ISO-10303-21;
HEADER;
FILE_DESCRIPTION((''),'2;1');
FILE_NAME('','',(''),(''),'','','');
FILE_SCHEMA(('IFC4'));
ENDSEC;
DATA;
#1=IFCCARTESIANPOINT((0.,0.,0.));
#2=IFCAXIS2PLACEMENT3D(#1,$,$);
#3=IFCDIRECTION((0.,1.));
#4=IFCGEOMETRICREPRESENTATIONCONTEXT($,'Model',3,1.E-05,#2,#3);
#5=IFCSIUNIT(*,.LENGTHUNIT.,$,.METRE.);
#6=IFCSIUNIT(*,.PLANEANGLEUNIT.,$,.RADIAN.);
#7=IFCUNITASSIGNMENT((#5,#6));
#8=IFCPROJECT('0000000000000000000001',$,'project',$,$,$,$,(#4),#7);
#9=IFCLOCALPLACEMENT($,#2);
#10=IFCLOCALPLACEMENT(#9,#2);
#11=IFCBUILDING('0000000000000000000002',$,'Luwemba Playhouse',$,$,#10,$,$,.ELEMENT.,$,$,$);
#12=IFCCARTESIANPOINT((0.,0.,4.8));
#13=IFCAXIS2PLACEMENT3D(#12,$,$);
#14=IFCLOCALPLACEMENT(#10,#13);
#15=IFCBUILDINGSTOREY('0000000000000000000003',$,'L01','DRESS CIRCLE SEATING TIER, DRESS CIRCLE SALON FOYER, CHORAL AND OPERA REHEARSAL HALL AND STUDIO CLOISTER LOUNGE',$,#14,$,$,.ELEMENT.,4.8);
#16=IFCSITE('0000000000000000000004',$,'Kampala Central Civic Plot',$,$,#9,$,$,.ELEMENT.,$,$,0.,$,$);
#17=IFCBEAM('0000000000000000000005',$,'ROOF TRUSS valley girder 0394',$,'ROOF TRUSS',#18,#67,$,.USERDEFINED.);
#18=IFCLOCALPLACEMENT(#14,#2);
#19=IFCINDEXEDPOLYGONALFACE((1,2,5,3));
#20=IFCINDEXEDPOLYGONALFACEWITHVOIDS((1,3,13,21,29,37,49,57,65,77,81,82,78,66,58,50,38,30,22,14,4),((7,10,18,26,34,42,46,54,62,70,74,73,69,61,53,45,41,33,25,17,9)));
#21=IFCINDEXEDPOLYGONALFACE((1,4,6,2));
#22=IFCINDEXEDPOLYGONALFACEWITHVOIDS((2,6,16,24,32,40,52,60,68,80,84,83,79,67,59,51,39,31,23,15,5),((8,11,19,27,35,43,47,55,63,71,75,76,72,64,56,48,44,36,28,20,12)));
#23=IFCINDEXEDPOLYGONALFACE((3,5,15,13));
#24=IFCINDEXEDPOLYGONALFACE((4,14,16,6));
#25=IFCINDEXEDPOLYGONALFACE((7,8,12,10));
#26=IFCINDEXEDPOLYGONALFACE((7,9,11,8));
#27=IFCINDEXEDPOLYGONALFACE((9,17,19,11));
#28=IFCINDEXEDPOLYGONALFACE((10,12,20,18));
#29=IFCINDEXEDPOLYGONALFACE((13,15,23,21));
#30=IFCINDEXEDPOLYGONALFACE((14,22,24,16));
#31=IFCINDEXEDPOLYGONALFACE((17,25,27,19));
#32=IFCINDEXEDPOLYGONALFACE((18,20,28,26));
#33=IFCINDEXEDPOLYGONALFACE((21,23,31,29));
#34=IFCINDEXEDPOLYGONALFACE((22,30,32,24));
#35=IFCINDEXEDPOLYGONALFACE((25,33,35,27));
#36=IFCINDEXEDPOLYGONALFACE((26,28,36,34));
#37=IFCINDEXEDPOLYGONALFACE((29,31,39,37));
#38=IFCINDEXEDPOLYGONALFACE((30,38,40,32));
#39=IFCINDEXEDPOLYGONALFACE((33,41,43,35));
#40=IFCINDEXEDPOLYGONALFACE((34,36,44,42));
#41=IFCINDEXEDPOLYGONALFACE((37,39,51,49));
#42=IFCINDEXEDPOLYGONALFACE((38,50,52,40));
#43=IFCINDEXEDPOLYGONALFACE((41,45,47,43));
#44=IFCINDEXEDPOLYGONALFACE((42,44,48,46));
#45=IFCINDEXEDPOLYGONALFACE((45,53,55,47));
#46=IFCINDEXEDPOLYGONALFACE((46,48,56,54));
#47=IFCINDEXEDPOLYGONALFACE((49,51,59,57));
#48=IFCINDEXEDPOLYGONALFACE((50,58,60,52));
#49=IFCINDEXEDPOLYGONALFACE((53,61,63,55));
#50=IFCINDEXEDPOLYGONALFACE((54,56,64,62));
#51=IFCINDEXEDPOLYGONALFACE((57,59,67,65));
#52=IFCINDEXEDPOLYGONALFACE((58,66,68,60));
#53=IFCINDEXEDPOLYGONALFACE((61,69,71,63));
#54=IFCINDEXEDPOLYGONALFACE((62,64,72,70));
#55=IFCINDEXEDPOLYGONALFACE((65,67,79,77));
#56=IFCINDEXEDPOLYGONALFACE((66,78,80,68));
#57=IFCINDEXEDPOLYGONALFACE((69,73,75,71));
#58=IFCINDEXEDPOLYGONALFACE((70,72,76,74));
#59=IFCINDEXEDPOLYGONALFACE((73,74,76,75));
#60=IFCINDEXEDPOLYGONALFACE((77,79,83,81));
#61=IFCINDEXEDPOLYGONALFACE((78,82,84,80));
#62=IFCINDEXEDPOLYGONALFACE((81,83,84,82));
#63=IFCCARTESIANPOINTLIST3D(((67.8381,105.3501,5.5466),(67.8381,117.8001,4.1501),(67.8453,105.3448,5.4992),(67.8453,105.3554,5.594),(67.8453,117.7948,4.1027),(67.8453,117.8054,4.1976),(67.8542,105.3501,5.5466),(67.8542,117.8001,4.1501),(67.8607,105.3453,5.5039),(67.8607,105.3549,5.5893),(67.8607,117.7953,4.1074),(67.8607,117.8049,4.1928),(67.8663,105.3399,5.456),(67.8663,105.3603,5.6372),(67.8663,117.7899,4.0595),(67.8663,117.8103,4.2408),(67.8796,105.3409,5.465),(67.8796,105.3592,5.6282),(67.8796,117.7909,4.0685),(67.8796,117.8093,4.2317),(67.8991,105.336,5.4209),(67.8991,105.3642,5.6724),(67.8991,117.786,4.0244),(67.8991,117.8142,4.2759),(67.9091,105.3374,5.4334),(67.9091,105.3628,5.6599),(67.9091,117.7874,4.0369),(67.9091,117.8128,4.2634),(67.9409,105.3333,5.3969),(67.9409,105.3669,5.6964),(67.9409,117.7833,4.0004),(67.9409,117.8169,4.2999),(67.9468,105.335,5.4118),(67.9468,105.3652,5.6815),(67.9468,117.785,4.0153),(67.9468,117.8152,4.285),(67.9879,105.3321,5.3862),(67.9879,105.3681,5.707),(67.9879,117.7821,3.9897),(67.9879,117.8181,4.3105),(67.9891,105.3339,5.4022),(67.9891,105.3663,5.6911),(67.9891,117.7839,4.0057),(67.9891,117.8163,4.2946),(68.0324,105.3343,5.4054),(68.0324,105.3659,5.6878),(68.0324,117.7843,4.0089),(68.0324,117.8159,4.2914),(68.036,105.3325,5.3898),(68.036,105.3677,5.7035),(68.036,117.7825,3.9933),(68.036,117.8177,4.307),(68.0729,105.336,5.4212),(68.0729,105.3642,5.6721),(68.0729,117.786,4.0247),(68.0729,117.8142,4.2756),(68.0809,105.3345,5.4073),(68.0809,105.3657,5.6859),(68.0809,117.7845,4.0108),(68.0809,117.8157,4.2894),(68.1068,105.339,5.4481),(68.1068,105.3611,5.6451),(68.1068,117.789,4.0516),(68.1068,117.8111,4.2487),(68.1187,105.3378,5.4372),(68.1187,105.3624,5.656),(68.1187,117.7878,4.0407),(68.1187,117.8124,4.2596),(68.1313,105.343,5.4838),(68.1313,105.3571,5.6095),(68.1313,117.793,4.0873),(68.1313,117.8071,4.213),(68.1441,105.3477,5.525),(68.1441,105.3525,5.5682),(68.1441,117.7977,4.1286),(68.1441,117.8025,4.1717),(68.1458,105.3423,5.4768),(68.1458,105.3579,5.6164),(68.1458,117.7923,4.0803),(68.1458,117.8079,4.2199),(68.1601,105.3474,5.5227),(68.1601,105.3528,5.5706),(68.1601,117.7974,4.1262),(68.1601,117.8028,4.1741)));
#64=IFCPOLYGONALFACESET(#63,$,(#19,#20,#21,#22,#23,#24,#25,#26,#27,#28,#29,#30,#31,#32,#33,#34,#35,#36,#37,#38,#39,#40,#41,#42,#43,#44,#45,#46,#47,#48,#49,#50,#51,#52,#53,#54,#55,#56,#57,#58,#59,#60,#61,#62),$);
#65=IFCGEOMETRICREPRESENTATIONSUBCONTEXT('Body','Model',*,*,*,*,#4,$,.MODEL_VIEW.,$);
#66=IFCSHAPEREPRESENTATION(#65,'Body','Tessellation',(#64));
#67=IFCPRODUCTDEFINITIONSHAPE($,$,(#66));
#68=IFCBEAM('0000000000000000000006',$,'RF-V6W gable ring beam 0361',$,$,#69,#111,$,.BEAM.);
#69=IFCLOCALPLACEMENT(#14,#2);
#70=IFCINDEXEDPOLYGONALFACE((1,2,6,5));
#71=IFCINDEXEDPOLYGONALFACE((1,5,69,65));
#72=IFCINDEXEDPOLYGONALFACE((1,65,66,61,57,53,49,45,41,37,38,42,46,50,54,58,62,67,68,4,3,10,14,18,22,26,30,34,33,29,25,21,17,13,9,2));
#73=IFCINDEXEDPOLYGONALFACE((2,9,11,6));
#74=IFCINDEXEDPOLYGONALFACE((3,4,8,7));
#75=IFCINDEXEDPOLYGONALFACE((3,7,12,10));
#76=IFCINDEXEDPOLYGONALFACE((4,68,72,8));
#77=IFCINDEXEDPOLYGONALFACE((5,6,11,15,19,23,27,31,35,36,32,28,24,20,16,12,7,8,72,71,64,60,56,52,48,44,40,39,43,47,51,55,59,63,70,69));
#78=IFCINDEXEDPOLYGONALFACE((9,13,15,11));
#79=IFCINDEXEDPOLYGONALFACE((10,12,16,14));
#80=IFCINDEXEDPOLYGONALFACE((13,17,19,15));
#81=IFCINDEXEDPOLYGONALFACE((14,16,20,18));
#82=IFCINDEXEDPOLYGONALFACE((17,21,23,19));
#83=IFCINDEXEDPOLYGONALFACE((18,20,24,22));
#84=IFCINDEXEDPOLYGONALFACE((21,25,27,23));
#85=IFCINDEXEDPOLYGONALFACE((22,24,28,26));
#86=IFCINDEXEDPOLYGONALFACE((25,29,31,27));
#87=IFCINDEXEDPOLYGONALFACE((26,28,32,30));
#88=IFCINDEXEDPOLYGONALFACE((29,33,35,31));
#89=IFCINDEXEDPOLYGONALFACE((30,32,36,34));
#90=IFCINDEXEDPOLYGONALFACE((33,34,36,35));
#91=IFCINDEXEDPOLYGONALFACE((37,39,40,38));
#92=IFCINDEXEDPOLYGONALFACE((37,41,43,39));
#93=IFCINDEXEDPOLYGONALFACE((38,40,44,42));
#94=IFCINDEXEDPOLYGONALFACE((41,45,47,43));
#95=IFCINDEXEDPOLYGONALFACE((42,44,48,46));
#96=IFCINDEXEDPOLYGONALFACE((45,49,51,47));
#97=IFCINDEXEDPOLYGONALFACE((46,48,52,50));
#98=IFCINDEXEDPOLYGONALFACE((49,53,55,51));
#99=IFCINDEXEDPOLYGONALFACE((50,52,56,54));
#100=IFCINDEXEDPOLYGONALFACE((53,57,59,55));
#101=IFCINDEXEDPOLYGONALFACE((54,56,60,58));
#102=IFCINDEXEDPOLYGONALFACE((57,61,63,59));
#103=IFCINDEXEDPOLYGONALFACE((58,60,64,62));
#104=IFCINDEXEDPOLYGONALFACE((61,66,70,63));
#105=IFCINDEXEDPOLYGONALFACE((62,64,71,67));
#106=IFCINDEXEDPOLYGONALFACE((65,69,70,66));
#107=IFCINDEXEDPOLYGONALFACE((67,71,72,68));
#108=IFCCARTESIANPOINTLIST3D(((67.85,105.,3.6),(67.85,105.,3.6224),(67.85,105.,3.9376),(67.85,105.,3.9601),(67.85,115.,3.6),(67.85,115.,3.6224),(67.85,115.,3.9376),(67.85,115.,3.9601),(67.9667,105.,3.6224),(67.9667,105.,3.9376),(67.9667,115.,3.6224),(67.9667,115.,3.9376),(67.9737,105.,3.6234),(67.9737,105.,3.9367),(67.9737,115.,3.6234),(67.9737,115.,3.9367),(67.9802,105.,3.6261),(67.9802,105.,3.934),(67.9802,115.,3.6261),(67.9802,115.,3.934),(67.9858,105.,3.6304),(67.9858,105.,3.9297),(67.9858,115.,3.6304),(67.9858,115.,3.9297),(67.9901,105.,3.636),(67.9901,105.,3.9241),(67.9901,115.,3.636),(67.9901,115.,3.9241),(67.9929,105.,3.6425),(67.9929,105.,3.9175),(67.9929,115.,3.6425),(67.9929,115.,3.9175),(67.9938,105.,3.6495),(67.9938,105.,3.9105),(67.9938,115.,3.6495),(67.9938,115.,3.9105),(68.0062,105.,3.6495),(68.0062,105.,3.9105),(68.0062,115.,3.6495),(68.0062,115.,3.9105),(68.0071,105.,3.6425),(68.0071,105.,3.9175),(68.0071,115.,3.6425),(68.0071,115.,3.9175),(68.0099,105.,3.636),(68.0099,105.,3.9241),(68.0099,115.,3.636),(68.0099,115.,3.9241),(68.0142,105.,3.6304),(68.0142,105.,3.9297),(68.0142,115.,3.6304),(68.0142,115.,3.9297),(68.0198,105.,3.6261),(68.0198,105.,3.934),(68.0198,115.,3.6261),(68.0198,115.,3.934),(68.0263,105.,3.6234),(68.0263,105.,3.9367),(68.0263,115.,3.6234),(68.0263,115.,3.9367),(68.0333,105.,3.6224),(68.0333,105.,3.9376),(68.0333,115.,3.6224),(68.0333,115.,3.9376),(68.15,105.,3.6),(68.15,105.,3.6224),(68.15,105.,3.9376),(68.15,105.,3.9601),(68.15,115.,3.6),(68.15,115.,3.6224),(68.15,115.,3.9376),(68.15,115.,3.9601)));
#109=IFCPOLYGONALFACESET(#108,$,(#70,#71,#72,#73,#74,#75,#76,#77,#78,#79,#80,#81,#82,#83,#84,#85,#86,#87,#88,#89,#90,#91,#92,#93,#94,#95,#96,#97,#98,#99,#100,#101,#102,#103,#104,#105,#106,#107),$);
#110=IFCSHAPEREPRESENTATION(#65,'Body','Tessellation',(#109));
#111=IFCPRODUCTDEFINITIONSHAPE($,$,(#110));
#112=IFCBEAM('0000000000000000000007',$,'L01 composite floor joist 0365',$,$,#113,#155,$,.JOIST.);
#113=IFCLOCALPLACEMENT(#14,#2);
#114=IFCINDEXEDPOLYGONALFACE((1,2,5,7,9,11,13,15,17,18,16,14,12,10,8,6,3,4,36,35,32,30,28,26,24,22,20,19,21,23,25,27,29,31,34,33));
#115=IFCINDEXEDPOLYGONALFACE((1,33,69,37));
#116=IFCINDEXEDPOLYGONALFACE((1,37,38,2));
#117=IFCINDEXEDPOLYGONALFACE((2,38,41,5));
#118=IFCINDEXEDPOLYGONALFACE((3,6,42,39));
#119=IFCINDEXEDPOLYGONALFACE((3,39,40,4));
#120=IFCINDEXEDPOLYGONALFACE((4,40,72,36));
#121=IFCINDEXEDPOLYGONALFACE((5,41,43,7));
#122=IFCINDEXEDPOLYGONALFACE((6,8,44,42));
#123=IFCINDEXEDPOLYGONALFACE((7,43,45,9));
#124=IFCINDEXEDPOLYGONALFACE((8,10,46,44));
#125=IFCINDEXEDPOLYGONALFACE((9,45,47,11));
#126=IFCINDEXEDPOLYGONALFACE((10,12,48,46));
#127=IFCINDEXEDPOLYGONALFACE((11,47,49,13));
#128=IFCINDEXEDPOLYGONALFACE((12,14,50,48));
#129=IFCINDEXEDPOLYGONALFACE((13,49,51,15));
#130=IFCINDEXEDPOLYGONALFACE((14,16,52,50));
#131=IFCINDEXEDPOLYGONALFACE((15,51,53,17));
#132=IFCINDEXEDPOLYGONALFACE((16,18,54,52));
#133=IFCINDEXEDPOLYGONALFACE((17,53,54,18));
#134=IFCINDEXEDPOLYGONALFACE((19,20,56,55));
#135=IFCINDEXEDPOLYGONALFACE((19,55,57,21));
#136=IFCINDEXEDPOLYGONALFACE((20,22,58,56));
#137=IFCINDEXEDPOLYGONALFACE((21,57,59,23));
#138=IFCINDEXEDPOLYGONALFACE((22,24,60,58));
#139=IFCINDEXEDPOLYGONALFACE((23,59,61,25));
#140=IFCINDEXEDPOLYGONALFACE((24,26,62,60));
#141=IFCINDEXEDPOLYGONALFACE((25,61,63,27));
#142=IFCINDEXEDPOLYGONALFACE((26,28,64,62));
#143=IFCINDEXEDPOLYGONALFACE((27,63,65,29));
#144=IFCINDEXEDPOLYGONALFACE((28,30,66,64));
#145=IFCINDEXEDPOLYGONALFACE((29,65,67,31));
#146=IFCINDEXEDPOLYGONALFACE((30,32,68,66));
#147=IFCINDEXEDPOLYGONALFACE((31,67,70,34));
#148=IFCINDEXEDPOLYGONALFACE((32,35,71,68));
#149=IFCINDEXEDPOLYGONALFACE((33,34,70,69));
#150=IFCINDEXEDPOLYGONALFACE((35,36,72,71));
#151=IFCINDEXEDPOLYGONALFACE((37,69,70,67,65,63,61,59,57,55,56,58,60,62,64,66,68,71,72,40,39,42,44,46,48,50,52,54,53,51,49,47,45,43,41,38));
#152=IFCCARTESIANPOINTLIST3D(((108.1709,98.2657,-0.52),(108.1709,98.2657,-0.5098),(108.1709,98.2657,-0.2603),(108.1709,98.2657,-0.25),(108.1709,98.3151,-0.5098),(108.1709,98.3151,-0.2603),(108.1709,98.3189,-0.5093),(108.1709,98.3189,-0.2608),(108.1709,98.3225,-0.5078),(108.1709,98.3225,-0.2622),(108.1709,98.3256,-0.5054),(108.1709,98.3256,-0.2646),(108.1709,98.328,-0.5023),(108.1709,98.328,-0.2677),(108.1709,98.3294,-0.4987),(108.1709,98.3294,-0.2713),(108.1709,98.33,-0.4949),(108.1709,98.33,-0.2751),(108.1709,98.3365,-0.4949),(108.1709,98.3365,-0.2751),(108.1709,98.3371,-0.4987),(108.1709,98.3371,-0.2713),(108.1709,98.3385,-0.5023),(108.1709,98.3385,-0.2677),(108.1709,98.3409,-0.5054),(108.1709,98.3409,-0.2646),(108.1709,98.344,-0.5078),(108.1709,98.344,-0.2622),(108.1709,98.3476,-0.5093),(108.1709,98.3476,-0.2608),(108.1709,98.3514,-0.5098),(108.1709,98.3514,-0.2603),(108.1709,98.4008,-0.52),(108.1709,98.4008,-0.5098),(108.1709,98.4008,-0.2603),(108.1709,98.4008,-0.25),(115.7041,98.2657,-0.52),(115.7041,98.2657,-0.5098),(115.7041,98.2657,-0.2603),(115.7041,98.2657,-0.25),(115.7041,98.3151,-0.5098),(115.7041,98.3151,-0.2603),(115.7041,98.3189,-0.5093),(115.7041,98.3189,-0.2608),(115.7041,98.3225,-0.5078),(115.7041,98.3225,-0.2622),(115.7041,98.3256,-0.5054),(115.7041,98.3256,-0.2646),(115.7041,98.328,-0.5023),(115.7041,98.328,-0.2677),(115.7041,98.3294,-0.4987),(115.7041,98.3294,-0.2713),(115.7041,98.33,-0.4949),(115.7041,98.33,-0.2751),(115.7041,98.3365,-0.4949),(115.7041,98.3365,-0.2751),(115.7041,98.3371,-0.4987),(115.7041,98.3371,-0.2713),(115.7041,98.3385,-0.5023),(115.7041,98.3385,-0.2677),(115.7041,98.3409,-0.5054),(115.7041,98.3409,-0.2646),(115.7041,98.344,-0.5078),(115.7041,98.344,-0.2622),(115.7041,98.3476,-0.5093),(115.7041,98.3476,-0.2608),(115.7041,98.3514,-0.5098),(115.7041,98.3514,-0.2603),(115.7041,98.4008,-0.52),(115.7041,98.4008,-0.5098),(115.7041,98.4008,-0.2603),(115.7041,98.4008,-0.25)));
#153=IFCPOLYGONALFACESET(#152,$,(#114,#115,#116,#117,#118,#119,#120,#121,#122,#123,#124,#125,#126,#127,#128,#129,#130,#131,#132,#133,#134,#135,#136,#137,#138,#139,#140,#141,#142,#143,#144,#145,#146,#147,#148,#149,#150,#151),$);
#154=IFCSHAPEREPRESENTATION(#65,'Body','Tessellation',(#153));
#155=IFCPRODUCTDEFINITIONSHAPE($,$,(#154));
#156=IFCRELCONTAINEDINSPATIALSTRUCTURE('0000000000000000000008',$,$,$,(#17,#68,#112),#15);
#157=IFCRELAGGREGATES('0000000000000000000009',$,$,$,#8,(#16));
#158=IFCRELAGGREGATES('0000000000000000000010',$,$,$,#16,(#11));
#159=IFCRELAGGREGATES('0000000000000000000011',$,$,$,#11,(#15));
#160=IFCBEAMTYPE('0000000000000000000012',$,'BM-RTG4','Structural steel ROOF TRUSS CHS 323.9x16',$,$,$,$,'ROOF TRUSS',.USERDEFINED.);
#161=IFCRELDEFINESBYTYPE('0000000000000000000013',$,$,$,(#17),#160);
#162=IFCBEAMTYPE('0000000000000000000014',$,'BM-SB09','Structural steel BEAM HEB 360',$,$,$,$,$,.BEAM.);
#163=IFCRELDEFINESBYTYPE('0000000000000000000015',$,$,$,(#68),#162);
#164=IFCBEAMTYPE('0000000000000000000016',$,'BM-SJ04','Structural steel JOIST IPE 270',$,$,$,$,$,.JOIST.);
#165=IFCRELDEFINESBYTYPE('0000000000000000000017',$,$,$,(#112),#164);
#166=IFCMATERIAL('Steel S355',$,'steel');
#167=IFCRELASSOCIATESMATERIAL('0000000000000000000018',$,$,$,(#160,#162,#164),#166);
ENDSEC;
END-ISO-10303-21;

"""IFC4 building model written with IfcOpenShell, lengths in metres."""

from ifc_helpers import new_model, si_unit, direction, frame, origin, origin_2d, place, context, subcontext, project, spatial, hollow_circle, i_section, extrude, material, material_profile, profile_set, type_object, element, save


model = new_model("IFC4")

# Units and contexts
model_context = context("Model", 3, precision=1e-05, world=origin(), true_north=direction((0.0, 1.0)))
body_context = subcontext(model_context, "Body", "Model", "MODEL_VIEW")
ifc_project = project(units=[si_unit("LENGTHUNIT", "METRE"), si_unit("PLANEANGLEUNIT", "RADIAN")], contexts=[model_context])

# Site, building, storey
site_placement = place(None, origin())
site = spatial("IfcSite", under=ifc_project, at=site_placement, Name="Kampala Central Civic Plot", CompositionType="ELEMENT", RefElevation=0.0)
building_placement = place(site_placement, origin())
building = spatial("IfcBuilding", under=site, at=building_placement, Name="Luwemba Playhouse", CompositionType="ELEMENT")
storey_placement = place(building_placement, frame((0.0, 0.0, 4.8)))
storey = spatial("IfcBuildingStorey", under=building, at=storey_placement, Name="L01", Description="DRESS CIRCLE SEATING TIER, DRESS CIRCLE SALON FOYER, CHORAL AND OPERA REHEARSAL HALL AND STUDIO CLOISTER LOUNGE", CompositionType="ELEMENT", Elevation=4.8)

# Shared definitions
ifc_material_1 = material(Name="Steel S355", Category="steel")

# Beams
ifc_material_profile_1 = material_profile(ifc_material_1, hollow_circle(Radius=0.1619, WallThickness=0.0161, at=origin_2d()))
ifc_profile_set_1 = profile_set([ifc_material_profile_1], Name="Steel S355")
beam_type_1 = type_object("IfcBeamType", Name="BM-RTG4", Description="Structural steel ROOF TRUSS CHS 323.9x16", ElementType="ROOF TRUSS", PredefinedType="USERDEFINED", material=ifc_profile_set_1)
beam_1_placement = place(storey_placement, frame((68.0, 105.3501, 5.5466), z_axis=(0.0, 0.993768, -0.111469), x_axis=(-1.0, 0.0, 0.0)))
element("IfcBeam", 1, at=beam_1_placement, inside=storey, type_object=beam_type_1, Name="ROOF TRUSS valley girder 0394", ObjectType="ROOF TRUSS", PredefinedType="USERDEFINED", context=body_context, shape_type="SweptSolid", body=[
    extrude(hollow_circle(Radius=0.1619, WallThickness=0.0161, at=origin_2d()), origin(), (0.0, 0.0, 1.0), 12.5281),
])
ifc_material_profile_2 = material_profile(ifc_material_1, i_section(OverallWidth=0.3, OverallDepth=0.3601, WebThickness=0.0125, FlangeThickness=0.0225, FilletRadius=0.0271, at=origin_2d()))
ifc_profile_set_2 = profile_set([ifc_material_profile_2], Name="Steel S355")
beam_type_2 = type_object("IfcBeamType", Name="BM-SB09", Description="Structural steel BEAM HEB 360", PredefinedType="BEAM", material=ifc_profile_set_2)
beam_2_placement = place(storey_placement, frame((68.0, 105.0, 3.78), z_axis=(0.0, 1.0, 0.0), x_axis=(-1.0, 0.0, 0.0)))
element("IfcBeam", 2, at=beam_2_placement, inside=storey, type_object=beam_type_2, Name="RF-V6W gable ring beam 0361", PredefinedType="BEAM", context=body_context, shape_type="SweptSolid", body=[
    extrude(i_section(OverallWidth=0.3, OverallDepth=0.3601, WebThickness=0.0125, FlangeThickness=0.0225, FilletRadius=0.0271, at=origin_2d()), origin(), (0.0, 0.0, 1.0), 10.0),
])
ifc_material_profile_3 = material_profile(ifc_material_1, i_section(OverallWidth=0.135, OverallDepth=0.27, WebThickness=0.0066, FlangeThickness=0.0103, FilletRadius=0.0149, at=origin_2d()))
ifc_profile_set_3 = profile_set([ifc_material_profile_3], Name="Steel S355")
beam_type_3 = type_object("IfcBeamType", Name="BM-SJ04", Description="Structural steel JOIST IPE 270", PredefinedType="JOIST", material=ifc_profile_set_3)
beam_3_placement = place(storey_placement, frame((108.1709, 98.3333, -0.385), z_axis=(1.0, 0.0, 0.0), x_axis=(0.0, 1.0, 0.0)))
element("IfcBeam", 3, at=beam_3_placement, inside=storey, type_object=beam_type_3, Name="L01 composite floor joist 0365", PredefinedType="JOIST", context=body_context, shape_type="SweptSolid", body=[
    extrude(i_section(OverallWidth=0.135, OverallDepth=0.27, WebThickness=0.0066, FlangeThickness=0.0103, FilletRadius=0.0149, at=origin_2d()), origin(), (0.0, 0.0, 1.0), 7.5332),
])

save(model, "model.ifc")
